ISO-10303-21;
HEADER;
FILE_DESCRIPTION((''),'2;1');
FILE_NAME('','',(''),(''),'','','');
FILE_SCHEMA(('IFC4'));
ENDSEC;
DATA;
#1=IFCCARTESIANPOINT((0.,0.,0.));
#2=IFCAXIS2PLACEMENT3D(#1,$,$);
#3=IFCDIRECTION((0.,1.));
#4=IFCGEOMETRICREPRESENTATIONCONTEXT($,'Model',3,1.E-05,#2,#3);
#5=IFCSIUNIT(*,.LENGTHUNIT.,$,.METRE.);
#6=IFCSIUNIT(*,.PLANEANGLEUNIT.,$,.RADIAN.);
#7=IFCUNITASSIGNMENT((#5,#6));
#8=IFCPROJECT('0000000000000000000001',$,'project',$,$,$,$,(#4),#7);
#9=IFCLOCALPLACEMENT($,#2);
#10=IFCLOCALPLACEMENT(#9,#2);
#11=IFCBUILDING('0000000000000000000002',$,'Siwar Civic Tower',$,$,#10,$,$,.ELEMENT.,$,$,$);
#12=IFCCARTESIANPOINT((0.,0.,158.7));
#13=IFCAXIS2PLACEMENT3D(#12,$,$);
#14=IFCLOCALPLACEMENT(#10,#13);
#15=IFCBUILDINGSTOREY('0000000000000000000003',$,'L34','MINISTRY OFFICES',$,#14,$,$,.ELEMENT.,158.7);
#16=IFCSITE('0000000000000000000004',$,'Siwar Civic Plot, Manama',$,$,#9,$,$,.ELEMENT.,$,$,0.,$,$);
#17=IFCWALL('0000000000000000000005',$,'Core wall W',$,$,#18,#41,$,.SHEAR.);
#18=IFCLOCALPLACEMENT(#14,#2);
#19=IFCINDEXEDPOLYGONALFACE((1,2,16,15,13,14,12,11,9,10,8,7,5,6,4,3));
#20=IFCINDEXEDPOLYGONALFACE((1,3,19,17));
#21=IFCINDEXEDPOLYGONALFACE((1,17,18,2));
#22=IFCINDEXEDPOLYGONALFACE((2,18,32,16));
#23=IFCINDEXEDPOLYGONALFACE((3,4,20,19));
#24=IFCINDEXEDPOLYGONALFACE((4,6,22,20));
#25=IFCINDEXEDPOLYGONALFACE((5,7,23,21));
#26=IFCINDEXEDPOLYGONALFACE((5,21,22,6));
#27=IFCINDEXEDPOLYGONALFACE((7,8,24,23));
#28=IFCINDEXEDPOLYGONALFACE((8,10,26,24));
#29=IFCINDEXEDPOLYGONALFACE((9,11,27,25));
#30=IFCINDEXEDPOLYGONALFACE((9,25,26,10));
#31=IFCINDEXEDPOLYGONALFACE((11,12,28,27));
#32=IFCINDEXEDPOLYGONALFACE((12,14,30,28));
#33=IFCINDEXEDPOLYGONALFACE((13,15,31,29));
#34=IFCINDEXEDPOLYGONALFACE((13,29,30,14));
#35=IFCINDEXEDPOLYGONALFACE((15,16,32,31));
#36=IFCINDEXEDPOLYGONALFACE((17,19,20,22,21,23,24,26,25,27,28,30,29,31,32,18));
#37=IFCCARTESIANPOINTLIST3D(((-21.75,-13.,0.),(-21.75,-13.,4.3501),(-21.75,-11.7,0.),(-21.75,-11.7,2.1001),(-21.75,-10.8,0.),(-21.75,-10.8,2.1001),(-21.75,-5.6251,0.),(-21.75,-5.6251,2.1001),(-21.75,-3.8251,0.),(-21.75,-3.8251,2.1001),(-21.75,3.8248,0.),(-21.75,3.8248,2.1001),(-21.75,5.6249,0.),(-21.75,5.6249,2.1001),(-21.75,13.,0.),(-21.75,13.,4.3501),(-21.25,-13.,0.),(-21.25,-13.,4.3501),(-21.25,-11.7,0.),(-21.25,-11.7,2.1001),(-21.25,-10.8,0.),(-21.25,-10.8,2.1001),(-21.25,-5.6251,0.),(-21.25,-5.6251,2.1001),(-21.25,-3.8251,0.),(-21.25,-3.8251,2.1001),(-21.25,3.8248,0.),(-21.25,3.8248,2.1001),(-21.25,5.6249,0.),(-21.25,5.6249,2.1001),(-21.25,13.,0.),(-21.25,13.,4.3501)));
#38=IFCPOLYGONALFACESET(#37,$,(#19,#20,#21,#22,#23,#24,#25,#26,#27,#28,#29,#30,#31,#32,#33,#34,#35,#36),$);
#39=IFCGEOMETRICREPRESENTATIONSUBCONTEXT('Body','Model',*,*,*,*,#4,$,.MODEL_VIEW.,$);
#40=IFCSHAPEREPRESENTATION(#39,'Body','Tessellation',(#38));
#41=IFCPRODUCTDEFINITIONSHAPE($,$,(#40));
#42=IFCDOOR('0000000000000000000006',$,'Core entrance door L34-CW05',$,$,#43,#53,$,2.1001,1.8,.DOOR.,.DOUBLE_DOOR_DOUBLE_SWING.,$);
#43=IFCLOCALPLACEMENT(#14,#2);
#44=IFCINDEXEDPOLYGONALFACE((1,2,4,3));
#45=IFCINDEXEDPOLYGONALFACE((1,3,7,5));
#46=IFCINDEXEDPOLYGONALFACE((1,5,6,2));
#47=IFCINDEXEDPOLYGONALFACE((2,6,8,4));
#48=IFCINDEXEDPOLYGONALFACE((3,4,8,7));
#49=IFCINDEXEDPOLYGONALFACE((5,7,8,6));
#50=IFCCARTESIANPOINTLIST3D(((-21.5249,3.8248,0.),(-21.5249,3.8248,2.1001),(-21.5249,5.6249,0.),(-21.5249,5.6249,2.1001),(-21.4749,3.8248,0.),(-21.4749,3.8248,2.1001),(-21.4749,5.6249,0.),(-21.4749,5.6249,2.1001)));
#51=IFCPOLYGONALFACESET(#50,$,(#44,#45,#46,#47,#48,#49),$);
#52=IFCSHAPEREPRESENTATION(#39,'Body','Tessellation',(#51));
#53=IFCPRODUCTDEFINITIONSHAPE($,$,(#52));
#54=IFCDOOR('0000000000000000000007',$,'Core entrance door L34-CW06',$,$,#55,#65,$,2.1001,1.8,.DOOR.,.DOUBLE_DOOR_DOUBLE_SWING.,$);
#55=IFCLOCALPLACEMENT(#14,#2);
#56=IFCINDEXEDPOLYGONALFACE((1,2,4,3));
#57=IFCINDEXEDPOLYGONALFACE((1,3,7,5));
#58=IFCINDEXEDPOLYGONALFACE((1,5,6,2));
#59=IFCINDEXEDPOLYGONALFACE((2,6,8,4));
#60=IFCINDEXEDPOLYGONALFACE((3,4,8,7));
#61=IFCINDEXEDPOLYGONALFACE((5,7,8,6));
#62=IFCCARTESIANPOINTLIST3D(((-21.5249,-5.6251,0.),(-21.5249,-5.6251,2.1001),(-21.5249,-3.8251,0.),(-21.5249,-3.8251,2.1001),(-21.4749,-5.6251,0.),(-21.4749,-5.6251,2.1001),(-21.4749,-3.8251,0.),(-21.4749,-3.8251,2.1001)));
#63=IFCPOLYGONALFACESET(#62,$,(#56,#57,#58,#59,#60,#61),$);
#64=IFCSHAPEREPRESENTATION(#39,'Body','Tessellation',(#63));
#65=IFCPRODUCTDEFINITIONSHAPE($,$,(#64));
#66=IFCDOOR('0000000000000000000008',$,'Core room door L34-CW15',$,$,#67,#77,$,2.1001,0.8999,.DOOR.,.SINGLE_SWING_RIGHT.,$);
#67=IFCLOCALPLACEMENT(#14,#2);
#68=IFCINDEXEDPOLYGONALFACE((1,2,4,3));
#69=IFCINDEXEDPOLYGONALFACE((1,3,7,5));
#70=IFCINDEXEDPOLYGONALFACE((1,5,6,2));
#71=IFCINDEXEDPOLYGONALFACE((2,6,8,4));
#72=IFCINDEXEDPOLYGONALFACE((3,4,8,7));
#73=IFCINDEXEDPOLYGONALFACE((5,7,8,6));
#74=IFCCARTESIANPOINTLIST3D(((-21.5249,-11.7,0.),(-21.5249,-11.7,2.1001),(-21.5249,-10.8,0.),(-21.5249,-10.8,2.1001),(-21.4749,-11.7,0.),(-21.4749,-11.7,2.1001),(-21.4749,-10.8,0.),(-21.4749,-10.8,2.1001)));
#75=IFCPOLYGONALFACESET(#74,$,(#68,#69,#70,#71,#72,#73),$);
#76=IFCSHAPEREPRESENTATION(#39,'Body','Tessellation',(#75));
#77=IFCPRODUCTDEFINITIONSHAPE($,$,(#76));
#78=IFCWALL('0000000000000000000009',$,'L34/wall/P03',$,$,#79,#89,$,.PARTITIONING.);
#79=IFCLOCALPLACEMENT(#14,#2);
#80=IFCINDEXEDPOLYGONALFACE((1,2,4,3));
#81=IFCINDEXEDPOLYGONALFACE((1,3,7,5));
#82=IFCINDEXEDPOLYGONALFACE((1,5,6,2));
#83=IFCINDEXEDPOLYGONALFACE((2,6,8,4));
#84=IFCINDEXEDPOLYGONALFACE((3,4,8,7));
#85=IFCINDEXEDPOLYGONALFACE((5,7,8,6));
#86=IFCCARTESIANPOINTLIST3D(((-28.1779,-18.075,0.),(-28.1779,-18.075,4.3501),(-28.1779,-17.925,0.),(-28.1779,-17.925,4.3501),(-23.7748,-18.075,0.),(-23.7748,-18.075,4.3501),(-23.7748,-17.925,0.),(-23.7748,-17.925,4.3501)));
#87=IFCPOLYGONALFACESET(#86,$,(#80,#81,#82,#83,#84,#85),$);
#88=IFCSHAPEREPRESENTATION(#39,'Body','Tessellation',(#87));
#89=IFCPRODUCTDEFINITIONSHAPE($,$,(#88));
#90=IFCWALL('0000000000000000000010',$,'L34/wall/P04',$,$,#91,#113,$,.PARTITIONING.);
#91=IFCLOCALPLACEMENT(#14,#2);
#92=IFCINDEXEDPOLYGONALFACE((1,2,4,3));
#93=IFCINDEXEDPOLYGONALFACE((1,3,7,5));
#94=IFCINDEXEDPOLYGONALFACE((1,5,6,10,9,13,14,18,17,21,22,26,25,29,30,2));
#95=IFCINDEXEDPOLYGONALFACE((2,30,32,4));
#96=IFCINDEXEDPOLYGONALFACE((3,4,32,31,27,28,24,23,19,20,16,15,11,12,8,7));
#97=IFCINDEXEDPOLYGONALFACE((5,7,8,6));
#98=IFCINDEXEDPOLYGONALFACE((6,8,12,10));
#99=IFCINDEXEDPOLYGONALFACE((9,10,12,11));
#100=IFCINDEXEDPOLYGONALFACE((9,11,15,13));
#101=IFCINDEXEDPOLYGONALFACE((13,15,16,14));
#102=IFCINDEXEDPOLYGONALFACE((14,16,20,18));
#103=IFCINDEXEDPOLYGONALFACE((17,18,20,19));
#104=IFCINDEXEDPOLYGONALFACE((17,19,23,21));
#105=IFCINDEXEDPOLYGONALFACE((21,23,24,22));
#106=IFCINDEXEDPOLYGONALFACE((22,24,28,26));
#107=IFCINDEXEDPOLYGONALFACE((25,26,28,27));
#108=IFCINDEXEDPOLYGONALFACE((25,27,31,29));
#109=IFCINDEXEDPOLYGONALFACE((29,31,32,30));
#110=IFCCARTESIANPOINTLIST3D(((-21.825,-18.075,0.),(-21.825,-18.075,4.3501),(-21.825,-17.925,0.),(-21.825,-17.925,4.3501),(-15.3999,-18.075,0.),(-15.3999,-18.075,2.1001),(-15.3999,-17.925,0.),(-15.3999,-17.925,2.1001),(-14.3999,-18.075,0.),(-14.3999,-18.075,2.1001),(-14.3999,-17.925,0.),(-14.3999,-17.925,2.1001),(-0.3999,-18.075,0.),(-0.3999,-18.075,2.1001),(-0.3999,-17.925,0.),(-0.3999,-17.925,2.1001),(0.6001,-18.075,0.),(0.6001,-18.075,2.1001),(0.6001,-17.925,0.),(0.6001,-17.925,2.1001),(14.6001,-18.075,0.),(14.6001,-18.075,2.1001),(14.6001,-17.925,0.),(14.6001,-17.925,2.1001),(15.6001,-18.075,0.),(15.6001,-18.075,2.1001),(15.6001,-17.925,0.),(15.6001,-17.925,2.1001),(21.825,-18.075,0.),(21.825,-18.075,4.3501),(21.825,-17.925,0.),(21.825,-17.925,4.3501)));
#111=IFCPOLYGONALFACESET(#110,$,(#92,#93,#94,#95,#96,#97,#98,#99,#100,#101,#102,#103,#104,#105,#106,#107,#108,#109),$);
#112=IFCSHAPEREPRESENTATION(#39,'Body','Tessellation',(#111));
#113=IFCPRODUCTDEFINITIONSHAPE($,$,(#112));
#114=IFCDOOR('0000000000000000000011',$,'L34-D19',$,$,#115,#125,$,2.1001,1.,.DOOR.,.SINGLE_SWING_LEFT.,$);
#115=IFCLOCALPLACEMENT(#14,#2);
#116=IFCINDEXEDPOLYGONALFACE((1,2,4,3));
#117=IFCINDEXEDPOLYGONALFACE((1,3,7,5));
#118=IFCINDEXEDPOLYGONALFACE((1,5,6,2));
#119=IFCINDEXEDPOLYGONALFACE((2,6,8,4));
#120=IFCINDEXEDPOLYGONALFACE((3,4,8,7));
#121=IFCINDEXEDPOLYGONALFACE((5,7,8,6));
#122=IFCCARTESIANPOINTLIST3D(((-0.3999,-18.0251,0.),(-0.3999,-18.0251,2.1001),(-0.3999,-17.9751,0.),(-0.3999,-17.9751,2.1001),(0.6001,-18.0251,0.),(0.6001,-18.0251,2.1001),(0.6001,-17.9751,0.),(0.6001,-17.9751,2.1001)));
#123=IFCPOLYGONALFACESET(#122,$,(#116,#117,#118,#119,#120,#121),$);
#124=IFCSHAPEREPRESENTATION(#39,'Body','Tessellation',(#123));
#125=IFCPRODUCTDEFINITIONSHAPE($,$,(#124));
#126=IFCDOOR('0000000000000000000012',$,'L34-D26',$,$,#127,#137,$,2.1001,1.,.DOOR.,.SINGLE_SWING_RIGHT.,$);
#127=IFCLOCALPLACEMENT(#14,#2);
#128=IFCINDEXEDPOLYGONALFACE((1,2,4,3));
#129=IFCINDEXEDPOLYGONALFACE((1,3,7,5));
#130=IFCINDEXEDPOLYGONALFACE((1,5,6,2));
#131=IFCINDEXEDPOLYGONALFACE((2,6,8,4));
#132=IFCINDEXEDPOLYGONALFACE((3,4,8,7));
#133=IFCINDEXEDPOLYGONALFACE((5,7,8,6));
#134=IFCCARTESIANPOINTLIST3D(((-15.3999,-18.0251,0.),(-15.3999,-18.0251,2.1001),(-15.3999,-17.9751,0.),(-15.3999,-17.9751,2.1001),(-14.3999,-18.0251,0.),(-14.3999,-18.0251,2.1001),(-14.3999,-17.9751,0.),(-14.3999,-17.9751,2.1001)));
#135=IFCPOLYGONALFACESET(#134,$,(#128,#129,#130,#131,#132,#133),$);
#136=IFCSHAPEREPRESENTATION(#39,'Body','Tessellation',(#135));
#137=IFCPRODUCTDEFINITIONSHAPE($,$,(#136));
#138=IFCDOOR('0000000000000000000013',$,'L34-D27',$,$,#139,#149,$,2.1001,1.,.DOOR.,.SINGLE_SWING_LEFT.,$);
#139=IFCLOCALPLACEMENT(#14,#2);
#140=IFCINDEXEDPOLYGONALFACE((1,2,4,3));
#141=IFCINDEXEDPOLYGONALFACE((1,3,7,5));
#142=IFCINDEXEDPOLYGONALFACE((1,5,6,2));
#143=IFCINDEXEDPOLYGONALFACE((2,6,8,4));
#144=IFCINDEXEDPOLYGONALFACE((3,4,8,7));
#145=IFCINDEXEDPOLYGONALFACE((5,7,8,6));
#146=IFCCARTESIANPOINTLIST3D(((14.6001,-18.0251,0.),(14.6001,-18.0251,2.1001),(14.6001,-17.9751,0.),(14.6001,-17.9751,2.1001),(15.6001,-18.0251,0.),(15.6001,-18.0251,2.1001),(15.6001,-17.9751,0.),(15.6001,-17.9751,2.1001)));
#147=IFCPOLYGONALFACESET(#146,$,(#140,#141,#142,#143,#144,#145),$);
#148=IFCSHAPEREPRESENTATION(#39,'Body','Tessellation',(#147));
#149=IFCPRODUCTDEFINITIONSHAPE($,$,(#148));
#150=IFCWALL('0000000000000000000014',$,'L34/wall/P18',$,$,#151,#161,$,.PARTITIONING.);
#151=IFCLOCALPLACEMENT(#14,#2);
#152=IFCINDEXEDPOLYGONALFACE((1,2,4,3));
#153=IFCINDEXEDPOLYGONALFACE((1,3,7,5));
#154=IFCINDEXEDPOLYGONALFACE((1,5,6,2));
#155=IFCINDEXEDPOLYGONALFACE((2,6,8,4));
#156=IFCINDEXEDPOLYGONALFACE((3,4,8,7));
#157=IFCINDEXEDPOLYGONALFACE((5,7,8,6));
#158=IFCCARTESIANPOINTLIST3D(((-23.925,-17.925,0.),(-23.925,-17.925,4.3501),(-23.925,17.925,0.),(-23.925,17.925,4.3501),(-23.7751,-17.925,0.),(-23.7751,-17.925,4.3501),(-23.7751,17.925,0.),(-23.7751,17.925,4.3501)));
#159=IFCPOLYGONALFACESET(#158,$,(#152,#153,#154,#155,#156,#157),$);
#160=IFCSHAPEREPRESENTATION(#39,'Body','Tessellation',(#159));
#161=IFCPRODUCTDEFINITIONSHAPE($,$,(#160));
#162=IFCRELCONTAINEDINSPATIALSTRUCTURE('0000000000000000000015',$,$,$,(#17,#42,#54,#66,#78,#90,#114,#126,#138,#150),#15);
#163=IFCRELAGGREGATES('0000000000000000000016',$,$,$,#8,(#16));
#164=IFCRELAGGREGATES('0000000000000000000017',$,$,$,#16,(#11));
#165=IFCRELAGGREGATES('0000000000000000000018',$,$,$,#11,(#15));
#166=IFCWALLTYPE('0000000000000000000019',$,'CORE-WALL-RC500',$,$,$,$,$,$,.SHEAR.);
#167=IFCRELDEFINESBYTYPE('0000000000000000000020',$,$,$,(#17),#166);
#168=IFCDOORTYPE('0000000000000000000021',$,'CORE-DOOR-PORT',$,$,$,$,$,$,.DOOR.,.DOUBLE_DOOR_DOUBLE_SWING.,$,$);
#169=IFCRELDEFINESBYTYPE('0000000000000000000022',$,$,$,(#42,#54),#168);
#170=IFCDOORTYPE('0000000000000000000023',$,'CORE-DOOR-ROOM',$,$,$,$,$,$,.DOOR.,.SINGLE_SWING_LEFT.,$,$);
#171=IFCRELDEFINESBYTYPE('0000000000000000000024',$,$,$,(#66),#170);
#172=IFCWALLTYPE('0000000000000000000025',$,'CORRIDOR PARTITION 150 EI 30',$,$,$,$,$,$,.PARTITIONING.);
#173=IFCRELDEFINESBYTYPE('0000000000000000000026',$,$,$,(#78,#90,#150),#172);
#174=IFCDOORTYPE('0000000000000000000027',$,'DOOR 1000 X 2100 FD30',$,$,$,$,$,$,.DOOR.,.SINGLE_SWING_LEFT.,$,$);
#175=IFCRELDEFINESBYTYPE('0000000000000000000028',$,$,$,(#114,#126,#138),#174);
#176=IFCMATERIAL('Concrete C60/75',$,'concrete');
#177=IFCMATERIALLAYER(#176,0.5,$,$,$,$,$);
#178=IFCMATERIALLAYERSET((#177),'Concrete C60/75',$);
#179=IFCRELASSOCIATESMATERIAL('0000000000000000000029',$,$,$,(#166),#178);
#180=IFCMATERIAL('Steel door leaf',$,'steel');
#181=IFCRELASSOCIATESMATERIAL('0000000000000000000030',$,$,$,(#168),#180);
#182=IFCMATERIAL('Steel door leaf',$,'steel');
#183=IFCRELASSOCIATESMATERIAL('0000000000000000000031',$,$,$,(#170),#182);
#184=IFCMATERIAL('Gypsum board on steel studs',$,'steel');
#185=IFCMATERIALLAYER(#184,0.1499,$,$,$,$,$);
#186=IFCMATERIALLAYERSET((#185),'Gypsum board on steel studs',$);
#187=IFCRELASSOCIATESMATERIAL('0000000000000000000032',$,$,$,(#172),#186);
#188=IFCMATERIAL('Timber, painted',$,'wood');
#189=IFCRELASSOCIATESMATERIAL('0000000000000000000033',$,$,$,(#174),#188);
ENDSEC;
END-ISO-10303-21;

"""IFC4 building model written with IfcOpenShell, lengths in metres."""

from ifc_helpers import new_model, si_unit, direction, frame, frame_2d, origin, place, context, subcontext, project, spatial, rectangle, extrude, material, layer, layer_set, type_object, element, fill, save


model = new_model("IFC4")

# Units and contexts
model_context = context("Model", 3, precision=1e-05, world=origin(), true_north=direction((0.0, 1.0)))
body_context = subcontext(model_context, "Body", "Model", "MODEL_VIEW")
ifc_project = project(units=[si_unit("LENGTHUNIT", "METRE"), si_unit("PLANEANGLEUNIT", "RADIAN")], contexts=[model_context])

# Site, building, storey
site_placement = place(None, origin())
site = spatial("IfcSite", under=ifc_project, at=site_placement, Name="Siwar Civic Plot, Manama", CompositionType="ELEMENT", RefElevation=0.0)
building_placement = place(site_placement, origin())
building = spatial("IfcBuilding", under=site, at=building_placement, Name="Siwar Civic Tower", CompositionType="ELEMENT")
storey_placement = place(building_placement, frame((0.0, 0.0, 158.7)))
storey = spatial("IfcBuildingStorey", under=building, at=storey_placement, Name="L34", Description="MINISTRY OFFICES", CompositionType="ELEMENT", Elevation=158.7)

# Wall, openings, doors
ifc_material_1 = material(Name="Concrete C60/75", Category="concrete")
ifc_layer_1 = layer(ifc_material_1, 0.5)
ifc_layer_set_1 = layer_set([ifc_layer_1], Name="Concrete C60/75")
wall_type_1 = type_object("IfcWallType", Name="CORE-WALL-RC500", PredefinedType="SHEAR", material=ifc_layer_set_1)
wall_1_placement = place(storey_placement, frame((-21.5, -13.0, 0.0), z_axis=(0.0, 0.0, 1.0), x_axis=(0.0, 1.0, 0.0)))
wall_1 = element("IfcWall", 1, at=wall_1_placement, inside=storey, type_object=wall_type_1, Name="Core wall W", PredefinedType="SHEAR", context=body_context, shape_type="SweptSolid", body=[
    extrude(rectangle(XDim=26.0, YDim=0.5, at=frame_2d((13.0, 0.0))), origin(), (0.0, 0.0, 1.0), 4.3501),
])
opening_1_placement = place(wall_1_placement, frame((16.825, 0.0, 0.0)))
opening_1 = element("IfcOpeningElement", 2, at=opening_1_placement, cuts=wall_1, PredefinedType="OPENING", context=body_context, shape_type="SweptSolid", body=[
    extrude(rectangle(XDim=1.8, YDim=2.1001, at=frame_2d((0.8999, 1.05))), frame((0.0, 0.26, 0.0), z_axis=(0.0, -1.0, 0.0), x_axis=(1.0, 0.0, 0.0)), (0.0, 0.0, 1.0), 0.52),
])
opening_2_placement = place(wall_1_placement, frame((7.375, 0.0, 0.0)))
opening_2 = element("IfcOpeningElement", 3, at=opening_2_placement, cuts=wall_1, PredefinedType="OPENING", context=body_context, shape_type="SweptSolid", body=[
    extrude(rectangle(XDim=1.8, YDim=2.1001, at=frame_2d((0.8999, 1.05))), frame((0.0, 0.26, 0.0), z_axis=(0.0, -1.0, 0.0), x_axis=(1.0, 0.0, 0.0)), (0.0, 0.0, 1.0), 0.52),
])
opening_3_placement = place(wall_1_placement, frame((1.3, 0.0, 0.0)))
opening_3 = element("IfcOpeningElement", 4, at=opening_3_placement, cuts=wall_1, PredefinedType="OPENING", context=body_context, shape_type="SweptSolid", body=[
    extrude(rectangle(XDim=0.8999, YDim=2.1001, at=frame_2d((0.45, 1.05))), frame((0.0, 0.26, 0.0), z_axis=(0.0, -1.0, 0.0), x_axis=(1.0, 0.0, 0.0)), (0.0, 0.0, 1.0), 0.52),
])
ifc_material_2 = material(Name="Steel door leaf", Category="steel")
door_type_1 = type_object("IfcDoorType", Name="CORE-DOOR-PORT", OperationType="DOUBLE_DOOR_DOUBLE_SWING", PredefinedType="DOOR", material=ifc_material_2)
door_1_placement = place(opening_1_placement, origin())
door_1 = element("IfcDoor", 5, at=door_1_placement, inside=storey, type_object=door_type_1, Name="Core entrance door L34-CW05", OperationType="DOUBLE_DOOR_DOUBLE_SWING", OverallHeight=2.1001, OverallWidth=1.8, PredefinedType="DOOR", context=body_context, shape_type="SweptSolid", body=[
    extrude(rectangle(XDim=1.8, YDim=2.1001, at=frame_2d((0.8999, 1.05))), frame((0.0, 0.0249, 0.0), z_axis=(0.0, -1.0, 0.0), x_axis=(1.0, 0.0, 0.0)), (0.0, 0.0, 1.0), 0.05),
])
fill(opening_1, door_1)
door_2_placement = place(opening_2_placement, origin())
door_2 = element("IfcDoor", 6, at=door_2_placement, inside=storey, type_object=door_type_1, Name="Core entrance door L34-CW06", OperationType="DOUBLE_DOOR_DOUBLE_SWING", OverallHeight=2.1001, OverallWidth=1.8, PredefinedType="DOOR", context=body_context, shape_type="SweptSolid", body=[
    extrude(rectangle(XDim=1.8, YDim=2.1001, at=frame_2d((0.8999, 1.05))), frame((0.0, 0.0249, 0.0), z_axis=(0.0, -1.0, 0.0), x_axis=(1.0, 0.0, 0.0)), (0.0, 0.0, 1.0), 0.05),
])
fill(opening_2, door_2)
ifc_material_3 = material(Name="Steel door leaf", Category="steel")
door_type_2 = type_object("IfcDoorType", Name="CORE-DOOR-ROOM", OperationType="SINGLE_SWING_LEFT", PredefinedType="DOOR", material=ifc_material_3)
door_3_placement = place(opening_3_placement, origin())
door_3 = element("IfcDoor", 7, at=door_3_placement, inside=storey, type_object=door_type_2, Name="Core room door L34-CW15", OperationType="SINGLE_SWING_RIGHT", OverallHeight=2.1001, OverallWidth=0.8999, PredefinedType="DOOR", context=body_context, shape_type="SweptSolid", body=[
    extrude(rectangle(XDim=0.8999, YDim=2.1001, at=frame_2d((0.45, 1.05))), frame((0.0, 0.0249, 0.0), z_axis=(0.0, -1.0, 0.0), x_axis=(1.0, 0.0, 0.0)), (0.0, 0.0, 1.0), 0.05),
])
fill(opening_3, door_3)

# Wall
ifc_material_4 = material(Name="Gypsum board on steel studs", Category="steel")
ifc_layer_2 = layer(ifc_material_4, 0.1499)
ifc_layer_set_2 = layer_set([ifc_layer_2], Name="Gypsum board on steel studs")
wall_type_2 = type_object("IfcWallType", Name="CORRIDOR PARTITION 150 EI 30", PredefinedType="PARTITIONING", material=ifc_layer_set_2)
wall_2_placement = place(storey_placement, frame((-28.178, -18.0, 0.0), z_axis=(0.0, 0.0, 1.0), x_axis=(1.0, 0.0, 0.0)))
element("IfcWall", 8, at=wall_2_placement, inside=storey, type_object=wall_type_2, Name="L34/wall/P03", PredefinedType="PARTITIONING", context=body_context, shape_type="SweptSolid", body=[
    extrude(rectangle(XDim=4.4031, YDim=0.1499, at=frame_2d((2.2017, 0.0))), origin(), (0.0, 0.0, 1.0), 4.3501),
])

# Wall, openings, doors
wall_3_placement = place(storey_placement, frame((-21.825, -18.0, 0.0), z_axis=(0.0, 0.0, 1.0), x_axis=(1.0, 0.0, 0.0)))
wall_3 = element("IfcWall", 9, at=wall_3_placement, inside=storey, type_object=wall_type_2, Name="L34/wall/P04", PredefinedType="PARTITIONING", context=body_context, shape_type="SweptSolid", body=[
    extrude(rectangle(XDim=43.6499, YDim=0.1499, at=frame_2d((21.825, 0.0))), origin(), (0.0, 0.0, 1.0), 4.3501),
])
opening_4_placement = place(wall_3_placement, frame((21.425, 0.0, 0.0)))
opening_4 = element("IfcOpeningElement", 10, at=opening_4_placement, cuts=wall_3, PredefinedType="OPENING", context=body_context, shape_type="SweptSolid", body=[
    extrude(rectangle(XDim=1.0, YDim=2.1001, at=frame_2d((0.5, 1.05))), frame((0.0, 0.085, 0.0), z_axis=(0.0, -1.0, 0.0), x_axis=(1.0, 0.0, 0.0)), (0.0, 0.0, 1.0), 0.1699),
])
opening_5_placement = place(wall_3_placement, frame((6.425, 0.0, 0.0)))
opening_5 = element("IfcOpeningElement", 11, at=opening_5_placement, cuts=wall_3, PredefinedType="OPENING", context=body_context, shape_type="SweptSolid", body=[
    extrude(rectangle(XDim=1.0, YDim=2.1001, at=frame_2d((0.5, 1.05))), frame((0.0, 0.085, 0.0), z_axis=(0.0, -1.0, 0.0), x_axis=(1.0, 0.0, 0.0)), (0.0, 0.0, 1.0), 0.1699),
])
opening_6_placement = place(wall_3_placement, frame((36.425, 0.0, 0.0)))
opening_6 = element("IfcOpeningElement", 12, at=opening_6_placement, cuts=wall_3, PredefinedType="OPENING", context=body_context, shape_type="SweptSolid", body=[
    extrude(rectangle(XDim=1.0, YDim=2.1001, at=frame_2d((0.5, 1.05))), frame((0.0, 0.085, 0.0), z_axis=(0.0, -1.0, 0.0), x_axis=(1.0, 0.0, 0.0)), (0.0, 0.0, 1.0), 0.1699),
])
ifc_material_5 = material(Name="Timber, painted", Category="wood")
door_type_3 = type_object("IfcDoorType", Name="DOOR 1000 X 2100 FD30", OperationType="SINGLE_SWING_LEFT", PredefinedType="DOOR", material=ifc_material_5)
door_4_placement = place(opening_4_placement, origin())
door_4 = element("IfcDoor", 13, at=door_4_placement, inside=storey, type_object=door_type_3, Name="L34-D19", OperationType="SINGLE_SWING_LEFT", OverallHeight=2.1001, OverallWidth=1.0, PredefinedType="DOOR", context=body_context, shape_type="SweptSolid", body=[
    extrude(rectangle(XDim=1.0, YDim=2.1001, at=frame_2d((0.5, 1.05))), frame((0.0, 0.0249, 0.0), z_axis=(0.0, -1.0, 0.0), x_axis=(1.0, 0.0, 0.0)), (0.0, 0.0, 1.0), 0.05),
])
fill(opening_4, door_4)
door_5_placement = place(opening_5_placement, origin())
door_5 = element("IfcDoor", 14, at=door_5_placement, inside=storey, type_object=door_type_3, Name="L34-D26", OperationType="SINGLE_SWING_RIGHT", OverallHeight=2.1001, OverallWidth=1.0, PredefinedType="DOOR", context=body_context, shape_type="SweptSolid", body=[
    extrude(rectangle(XDim=1.0, YDim=2.1001, at=frame_2d((0.5, 1.05))), frame((0.0, 0.0249, 0.0), z_axis=(0.0, -1.0, 0.0), x_axis=(1.0, 0.0, 0.0)), (0.0, 0.0, 1.0), 0.05),
])
fill(opening_5, door_5)
door_6_placement = place(opening_6_placement, origin())
door_6 = element("IfcDoor", 15, at=door_6_placement, inside=storey, type_object=door_type_3, Name="L34-D27", OperationType="SINGLE_SWING_LEFT", OverallHeight=2.1001, OverallWidth=1.0, PredefinedType="DOOR", context=body_context, shape_type="SweptSolid", body=[
    extrude(rectangle(XDim=1.0, YDim=2.1001, at=frame_2d((0.5, 1.05))), frame((0.0, 0.0249, 0.0), z_axis=(0.0, -1.0, 0.0), x_axis=(1.0, 0.0, 0.0)), (0.0, 0.0, 1.0), 0.05),
])
fill(opening_6, door_6)

# Wall
wall_4_placement = place(storey_placement, frame((-23.8501, -17.925, 0.0), z_axis=(0.0, 0.0, 1.0), x_axis=(0.0, 1.0, 0.0)))
element("IfcWall", 16, at=wall_4_placement, inside=storey, type_object=wall_type_2, Name="L34/wall/P18", PredefinedType="PARTITIONING", context=body_context, shape_type="SweptSolid", body=[
    extrude(rectangle(XDim=35.8501, YDim=0.1499, at=frame_2d((17.925, 0.0))), origin(), (0.0, 0.0, 1.0), 4.3501),
])

save(model, "model.ifc")
